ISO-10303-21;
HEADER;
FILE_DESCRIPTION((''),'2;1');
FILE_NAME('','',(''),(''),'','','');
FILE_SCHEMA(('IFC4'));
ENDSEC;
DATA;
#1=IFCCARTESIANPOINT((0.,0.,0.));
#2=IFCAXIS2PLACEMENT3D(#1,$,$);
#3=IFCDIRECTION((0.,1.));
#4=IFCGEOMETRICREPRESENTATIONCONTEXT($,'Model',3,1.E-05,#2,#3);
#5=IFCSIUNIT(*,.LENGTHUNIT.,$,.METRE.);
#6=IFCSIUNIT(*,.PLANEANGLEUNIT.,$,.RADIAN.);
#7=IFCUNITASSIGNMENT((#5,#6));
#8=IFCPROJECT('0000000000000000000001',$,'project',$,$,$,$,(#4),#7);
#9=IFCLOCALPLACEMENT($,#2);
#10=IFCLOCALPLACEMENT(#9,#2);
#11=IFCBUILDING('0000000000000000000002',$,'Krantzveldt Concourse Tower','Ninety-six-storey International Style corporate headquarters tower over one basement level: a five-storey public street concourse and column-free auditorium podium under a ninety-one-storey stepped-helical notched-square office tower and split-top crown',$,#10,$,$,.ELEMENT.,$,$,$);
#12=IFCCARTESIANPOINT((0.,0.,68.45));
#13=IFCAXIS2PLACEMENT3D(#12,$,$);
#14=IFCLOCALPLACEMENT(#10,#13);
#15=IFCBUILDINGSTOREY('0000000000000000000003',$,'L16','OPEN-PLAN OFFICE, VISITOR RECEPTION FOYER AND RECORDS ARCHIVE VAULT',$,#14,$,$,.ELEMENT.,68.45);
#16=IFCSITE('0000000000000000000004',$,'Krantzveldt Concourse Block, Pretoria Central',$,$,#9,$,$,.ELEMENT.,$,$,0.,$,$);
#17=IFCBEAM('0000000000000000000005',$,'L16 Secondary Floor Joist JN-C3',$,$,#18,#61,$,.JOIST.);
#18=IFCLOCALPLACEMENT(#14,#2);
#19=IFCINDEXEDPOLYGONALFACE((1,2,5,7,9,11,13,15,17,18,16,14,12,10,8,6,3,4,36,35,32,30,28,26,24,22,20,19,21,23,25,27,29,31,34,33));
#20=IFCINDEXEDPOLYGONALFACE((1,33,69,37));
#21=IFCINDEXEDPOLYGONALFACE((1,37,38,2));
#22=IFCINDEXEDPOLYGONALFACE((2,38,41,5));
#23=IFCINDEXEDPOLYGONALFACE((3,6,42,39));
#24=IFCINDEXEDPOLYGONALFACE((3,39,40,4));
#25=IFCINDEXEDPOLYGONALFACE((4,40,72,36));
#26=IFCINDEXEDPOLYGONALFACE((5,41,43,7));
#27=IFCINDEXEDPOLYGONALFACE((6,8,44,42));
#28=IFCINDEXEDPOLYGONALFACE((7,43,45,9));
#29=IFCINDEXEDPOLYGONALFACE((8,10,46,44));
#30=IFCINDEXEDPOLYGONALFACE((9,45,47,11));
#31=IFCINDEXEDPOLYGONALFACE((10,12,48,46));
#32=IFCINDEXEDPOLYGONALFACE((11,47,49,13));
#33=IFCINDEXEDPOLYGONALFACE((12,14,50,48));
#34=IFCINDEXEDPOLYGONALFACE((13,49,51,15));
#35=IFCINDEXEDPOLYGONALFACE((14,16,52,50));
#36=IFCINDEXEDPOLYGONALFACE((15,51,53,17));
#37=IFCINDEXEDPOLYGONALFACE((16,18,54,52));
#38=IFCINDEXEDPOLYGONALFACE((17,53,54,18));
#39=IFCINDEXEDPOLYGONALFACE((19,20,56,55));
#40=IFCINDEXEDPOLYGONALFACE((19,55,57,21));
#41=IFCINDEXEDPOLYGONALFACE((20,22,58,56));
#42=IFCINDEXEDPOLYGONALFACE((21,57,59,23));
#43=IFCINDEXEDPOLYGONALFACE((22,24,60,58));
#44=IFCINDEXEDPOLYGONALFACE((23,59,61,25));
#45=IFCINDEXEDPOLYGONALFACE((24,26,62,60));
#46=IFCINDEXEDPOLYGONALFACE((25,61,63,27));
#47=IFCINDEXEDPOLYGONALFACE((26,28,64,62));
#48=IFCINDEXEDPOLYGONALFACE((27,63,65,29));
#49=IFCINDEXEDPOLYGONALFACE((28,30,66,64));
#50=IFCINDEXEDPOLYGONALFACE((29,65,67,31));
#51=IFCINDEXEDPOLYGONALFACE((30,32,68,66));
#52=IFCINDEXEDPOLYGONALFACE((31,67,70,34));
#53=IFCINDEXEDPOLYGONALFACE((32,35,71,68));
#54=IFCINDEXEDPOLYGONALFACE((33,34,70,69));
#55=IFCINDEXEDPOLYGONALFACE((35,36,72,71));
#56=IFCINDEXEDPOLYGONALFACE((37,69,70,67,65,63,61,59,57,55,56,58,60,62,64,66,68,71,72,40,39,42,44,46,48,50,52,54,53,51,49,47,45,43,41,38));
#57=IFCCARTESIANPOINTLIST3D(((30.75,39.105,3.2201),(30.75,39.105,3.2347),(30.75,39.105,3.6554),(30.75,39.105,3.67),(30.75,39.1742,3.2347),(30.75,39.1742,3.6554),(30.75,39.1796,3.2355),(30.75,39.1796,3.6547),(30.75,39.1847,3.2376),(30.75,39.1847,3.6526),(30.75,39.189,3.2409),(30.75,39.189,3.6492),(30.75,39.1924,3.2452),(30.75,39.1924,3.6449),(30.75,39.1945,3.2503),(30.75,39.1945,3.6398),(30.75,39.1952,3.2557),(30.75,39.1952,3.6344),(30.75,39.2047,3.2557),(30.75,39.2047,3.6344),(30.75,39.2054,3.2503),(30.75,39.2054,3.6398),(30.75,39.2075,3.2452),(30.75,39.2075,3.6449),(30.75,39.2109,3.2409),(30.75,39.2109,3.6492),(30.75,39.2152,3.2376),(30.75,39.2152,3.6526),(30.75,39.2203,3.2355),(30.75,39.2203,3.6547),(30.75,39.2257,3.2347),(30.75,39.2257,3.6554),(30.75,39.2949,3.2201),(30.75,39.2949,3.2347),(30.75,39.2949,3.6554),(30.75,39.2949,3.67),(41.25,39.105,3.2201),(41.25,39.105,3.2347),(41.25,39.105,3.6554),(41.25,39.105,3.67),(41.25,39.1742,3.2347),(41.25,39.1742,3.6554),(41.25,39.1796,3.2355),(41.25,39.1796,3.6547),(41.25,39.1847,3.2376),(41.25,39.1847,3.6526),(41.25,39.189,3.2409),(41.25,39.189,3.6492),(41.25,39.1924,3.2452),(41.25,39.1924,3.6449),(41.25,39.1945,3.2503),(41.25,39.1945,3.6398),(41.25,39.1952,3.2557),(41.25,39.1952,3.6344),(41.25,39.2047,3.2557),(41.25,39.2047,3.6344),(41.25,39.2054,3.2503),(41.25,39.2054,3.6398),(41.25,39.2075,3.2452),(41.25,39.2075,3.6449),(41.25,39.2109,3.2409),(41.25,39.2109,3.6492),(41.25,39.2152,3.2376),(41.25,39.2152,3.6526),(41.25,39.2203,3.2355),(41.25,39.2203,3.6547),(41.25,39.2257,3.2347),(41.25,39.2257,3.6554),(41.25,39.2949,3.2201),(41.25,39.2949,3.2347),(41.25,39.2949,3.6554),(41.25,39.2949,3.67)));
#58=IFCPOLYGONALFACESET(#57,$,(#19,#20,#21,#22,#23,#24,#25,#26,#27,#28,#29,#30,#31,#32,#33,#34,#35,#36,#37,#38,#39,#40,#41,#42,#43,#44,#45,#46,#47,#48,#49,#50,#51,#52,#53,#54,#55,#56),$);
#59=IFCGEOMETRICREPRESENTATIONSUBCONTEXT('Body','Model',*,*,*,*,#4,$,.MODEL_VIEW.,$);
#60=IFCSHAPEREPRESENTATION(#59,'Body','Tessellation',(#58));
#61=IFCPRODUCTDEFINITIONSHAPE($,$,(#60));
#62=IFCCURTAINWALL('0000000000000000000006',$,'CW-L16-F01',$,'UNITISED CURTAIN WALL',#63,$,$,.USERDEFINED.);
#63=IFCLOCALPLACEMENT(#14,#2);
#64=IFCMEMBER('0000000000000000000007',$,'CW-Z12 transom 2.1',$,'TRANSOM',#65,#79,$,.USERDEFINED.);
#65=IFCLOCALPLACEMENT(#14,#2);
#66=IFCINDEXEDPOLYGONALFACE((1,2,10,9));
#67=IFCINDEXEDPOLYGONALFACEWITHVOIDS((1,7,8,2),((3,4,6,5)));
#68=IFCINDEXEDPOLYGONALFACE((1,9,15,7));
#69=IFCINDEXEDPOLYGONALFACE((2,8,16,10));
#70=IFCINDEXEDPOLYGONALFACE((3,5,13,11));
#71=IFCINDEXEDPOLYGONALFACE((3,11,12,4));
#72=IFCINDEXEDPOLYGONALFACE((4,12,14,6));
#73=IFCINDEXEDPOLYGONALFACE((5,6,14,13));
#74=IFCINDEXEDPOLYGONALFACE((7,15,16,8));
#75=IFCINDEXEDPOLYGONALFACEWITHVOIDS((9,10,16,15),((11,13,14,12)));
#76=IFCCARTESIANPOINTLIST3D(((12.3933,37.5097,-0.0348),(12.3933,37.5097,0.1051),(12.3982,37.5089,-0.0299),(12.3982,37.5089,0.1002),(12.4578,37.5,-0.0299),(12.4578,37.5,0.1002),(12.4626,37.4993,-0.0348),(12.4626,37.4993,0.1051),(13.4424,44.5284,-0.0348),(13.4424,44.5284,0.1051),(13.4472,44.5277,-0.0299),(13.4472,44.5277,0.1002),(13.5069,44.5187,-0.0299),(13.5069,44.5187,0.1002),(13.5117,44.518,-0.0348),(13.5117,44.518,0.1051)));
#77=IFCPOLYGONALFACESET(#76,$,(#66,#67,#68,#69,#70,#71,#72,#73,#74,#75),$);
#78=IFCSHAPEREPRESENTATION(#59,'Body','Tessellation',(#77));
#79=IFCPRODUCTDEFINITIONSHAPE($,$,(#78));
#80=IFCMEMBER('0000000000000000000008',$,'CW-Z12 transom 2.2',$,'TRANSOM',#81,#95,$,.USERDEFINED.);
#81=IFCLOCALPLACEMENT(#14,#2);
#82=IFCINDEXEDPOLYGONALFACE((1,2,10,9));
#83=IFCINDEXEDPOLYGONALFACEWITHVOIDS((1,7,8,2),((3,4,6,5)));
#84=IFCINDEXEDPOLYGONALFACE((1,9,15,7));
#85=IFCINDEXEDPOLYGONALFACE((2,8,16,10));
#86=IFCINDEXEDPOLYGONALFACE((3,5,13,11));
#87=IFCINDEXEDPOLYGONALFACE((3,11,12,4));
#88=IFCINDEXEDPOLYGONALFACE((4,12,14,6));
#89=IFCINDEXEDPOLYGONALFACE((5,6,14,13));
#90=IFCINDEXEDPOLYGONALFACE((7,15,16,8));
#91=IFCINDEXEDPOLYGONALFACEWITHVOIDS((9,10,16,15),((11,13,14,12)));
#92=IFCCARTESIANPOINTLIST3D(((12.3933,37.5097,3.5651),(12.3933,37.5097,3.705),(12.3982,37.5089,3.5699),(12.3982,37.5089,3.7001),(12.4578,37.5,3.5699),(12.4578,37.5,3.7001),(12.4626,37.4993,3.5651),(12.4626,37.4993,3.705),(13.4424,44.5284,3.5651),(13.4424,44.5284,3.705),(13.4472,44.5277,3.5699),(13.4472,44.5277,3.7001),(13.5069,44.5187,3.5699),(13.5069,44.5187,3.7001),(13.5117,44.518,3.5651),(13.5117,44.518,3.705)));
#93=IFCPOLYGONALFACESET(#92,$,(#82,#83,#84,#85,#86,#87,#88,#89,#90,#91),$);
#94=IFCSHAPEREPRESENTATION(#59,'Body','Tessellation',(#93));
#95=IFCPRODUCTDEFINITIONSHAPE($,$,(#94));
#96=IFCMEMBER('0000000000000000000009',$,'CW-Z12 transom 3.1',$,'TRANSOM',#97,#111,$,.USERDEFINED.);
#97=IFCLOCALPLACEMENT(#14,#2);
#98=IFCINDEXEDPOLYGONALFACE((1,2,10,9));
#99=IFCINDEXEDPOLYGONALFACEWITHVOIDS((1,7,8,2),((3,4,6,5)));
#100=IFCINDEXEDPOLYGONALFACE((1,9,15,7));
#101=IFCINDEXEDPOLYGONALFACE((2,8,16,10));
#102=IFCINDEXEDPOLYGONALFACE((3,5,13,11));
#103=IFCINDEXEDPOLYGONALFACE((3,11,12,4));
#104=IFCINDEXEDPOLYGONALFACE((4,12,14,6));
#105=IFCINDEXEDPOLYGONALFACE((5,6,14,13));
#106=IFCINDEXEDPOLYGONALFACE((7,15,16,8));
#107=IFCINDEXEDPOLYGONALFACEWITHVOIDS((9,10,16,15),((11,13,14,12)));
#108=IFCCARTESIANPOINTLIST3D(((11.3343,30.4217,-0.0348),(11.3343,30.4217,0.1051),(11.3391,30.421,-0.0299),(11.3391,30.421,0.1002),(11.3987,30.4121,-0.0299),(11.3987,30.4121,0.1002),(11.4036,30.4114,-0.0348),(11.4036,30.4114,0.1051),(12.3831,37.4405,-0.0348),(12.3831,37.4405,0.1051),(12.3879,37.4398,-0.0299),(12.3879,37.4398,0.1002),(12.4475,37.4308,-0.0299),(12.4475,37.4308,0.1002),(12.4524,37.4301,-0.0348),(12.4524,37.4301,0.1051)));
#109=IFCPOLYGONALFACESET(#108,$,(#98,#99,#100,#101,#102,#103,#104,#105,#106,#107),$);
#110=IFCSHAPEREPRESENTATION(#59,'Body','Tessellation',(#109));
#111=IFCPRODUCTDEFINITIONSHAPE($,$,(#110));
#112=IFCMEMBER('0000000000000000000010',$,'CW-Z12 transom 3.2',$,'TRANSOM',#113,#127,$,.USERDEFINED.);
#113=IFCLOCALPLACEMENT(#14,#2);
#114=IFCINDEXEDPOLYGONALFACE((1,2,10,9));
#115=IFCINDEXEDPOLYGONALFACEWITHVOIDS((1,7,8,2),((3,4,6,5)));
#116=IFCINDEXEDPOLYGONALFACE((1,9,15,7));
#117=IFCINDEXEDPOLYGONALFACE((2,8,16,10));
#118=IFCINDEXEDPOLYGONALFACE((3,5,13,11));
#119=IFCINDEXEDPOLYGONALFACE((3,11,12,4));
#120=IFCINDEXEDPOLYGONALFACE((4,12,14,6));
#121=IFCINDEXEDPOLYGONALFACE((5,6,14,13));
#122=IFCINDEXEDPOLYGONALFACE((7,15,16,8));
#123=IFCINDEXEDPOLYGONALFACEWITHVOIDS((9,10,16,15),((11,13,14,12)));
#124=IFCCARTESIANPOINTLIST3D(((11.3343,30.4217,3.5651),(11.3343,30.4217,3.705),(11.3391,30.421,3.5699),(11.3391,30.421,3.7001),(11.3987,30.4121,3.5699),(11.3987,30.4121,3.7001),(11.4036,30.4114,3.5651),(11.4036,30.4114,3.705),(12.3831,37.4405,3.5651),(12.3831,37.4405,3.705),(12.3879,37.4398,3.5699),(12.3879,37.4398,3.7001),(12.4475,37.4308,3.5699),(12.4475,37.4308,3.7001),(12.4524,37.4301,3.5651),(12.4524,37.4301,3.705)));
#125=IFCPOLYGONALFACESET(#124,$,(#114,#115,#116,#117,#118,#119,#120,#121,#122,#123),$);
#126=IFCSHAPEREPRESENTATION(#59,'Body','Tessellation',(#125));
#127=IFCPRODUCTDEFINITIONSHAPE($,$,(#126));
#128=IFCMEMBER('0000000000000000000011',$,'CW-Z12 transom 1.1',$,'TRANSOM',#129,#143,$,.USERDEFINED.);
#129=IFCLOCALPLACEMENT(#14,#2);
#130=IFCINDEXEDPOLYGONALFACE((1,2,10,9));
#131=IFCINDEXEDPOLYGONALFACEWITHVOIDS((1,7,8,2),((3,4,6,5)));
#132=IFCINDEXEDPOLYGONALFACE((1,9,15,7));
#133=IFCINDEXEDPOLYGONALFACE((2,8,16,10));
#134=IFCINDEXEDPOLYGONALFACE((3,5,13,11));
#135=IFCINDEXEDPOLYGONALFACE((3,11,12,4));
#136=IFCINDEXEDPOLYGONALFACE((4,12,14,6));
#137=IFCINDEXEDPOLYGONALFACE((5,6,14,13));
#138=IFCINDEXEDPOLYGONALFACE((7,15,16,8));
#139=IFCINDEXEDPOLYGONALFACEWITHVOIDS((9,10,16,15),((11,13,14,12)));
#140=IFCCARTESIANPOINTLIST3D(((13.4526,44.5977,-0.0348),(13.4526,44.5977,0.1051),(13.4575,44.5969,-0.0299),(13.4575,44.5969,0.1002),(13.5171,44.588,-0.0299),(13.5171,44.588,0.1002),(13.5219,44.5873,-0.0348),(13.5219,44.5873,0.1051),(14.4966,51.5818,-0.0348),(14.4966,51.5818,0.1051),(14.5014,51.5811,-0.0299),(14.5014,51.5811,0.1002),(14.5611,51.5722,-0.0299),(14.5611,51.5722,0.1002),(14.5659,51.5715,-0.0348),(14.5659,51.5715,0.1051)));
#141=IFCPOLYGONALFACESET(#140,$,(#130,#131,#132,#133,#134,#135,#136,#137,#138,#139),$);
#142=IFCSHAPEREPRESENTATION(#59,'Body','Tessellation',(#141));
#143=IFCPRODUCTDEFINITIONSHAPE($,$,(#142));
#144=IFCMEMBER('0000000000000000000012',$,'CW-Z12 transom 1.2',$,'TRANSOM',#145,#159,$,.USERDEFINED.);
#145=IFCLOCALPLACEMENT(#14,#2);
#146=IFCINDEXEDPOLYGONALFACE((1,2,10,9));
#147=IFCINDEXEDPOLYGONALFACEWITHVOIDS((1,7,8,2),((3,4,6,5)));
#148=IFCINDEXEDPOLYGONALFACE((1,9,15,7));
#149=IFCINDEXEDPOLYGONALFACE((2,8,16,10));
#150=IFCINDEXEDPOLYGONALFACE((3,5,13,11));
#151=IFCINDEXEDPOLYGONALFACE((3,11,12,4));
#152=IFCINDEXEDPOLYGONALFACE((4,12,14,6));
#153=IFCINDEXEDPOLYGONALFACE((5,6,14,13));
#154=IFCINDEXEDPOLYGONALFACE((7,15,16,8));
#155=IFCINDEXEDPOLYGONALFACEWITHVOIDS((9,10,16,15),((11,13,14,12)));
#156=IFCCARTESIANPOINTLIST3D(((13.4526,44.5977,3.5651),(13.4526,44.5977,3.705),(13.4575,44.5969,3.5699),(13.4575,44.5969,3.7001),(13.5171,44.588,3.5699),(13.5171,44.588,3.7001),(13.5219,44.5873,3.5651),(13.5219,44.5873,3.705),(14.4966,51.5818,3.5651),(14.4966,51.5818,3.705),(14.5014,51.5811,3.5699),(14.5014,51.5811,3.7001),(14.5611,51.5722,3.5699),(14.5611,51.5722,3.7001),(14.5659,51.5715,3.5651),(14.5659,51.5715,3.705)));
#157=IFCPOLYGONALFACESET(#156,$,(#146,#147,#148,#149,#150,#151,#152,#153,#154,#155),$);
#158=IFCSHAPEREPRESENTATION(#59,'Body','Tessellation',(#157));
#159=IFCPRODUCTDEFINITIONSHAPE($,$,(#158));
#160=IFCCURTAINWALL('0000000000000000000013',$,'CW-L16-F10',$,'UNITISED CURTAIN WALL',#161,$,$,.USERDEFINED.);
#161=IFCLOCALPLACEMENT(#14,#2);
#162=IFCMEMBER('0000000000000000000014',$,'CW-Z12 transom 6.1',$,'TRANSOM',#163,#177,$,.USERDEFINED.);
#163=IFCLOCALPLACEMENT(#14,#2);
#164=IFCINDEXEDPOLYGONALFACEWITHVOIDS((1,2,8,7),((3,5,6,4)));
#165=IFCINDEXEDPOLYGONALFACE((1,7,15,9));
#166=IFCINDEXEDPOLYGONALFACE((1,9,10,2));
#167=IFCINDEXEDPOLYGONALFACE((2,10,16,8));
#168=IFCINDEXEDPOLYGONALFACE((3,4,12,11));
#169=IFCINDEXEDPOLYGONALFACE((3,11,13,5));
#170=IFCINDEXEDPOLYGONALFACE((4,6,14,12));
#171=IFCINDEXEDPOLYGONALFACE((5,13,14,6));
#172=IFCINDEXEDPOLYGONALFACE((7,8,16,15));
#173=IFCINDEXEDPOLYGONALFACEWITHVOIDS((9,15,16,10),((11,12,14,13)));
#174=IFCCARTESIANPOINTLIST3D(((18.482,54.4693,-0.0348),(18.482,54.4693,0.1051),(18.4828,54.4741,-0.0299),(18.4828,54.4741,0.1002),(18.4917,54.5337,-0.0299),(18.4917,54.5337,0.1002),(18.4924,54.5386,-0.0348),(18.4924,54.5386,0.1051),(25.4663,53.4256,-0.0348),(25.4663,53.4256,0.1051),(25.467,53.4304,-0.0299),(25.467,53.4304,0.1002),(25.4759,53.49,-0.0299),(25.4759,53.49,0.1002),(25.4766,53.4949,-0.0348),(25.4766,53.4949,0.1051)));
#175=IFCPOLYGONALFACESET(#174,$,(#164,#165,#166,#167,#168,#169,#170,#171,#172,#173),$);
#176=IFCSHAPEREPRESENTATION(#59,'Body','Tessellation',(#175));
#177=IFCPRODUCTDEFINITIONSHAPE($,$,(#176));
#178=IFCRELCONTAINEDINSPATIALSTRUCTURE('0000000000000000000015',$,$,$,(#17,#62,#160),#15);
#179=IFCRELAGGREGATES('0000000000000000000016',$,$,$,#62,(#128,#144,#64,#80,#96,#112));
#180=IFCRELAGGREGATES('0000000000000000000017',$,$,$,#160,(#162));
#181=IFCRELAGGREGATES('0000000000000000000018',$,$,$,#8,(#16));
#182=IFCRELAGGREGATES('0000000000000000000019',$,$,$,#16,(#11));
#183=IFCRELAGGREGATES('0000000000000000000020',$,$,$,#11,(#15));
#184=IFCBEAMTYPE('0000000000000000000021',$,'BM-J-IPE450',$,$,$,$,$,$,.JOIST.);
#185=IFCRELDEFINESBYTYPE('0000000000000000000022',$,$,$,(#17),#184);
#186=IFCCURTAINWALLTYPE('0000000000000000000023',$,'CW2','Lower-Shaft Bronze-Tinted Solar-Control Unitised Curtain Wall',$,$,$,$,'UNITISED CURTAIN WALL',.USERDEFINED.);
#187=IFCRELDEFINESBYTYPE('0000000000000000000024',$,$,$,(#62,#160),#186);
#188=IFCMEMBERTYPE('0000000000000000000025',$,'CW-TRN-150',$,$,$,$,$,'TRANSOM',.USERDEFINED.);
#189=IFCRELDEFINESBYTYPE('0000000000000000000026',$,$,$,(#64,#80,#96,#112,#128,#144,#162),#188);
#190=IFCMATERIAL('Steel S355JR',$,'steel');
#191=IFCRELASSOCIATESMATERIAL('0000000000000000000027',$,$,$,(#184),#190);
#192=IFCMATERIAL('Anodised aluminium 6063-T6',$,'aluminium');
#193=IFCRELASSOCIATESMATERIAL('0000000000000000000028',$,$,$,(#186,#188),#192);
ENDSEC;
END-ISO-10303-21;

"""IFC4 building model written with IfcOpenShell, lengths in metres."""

from ifc_helpers import new_model, si_unit, direction, frame, origin, origin_2d, place, context, subcontext, project, spatial, hollow_rectangle, i_section, extrude, source, transform, mapped, material, material_profile, profile_set, type_object, type_shapes, element, aggregate, save


model = new_model("IFC4")

# Units and contexts
model_context = context("Model", 3, precision=1e-05, world=origin(), true_north=direction((0.0, 1.0)))
body_context = subcontext(model_context, "Body", "Model", "MODEL_VIEW")
ifc_project = project(units=[si_unit("LENGTHUNIT", "METRE"), si_unit("PLANEANGLEUNIT", "RADIAN")], contexts=[model_context])

# Site, building, storey
site_placement = place(None, origin())
site = spatial("IfcSite", under=ifc_project, at=site_placement, Name="Krantzveldt Concourse Block, Pretoria Central", CompositionType="ELEMENT", RefElevation=0.0)
building_placement = place(site_placement, origin())
building = spatial("IfcBuilding", under=site, at=building_placement, Name="Krantzveldt Concourse Tower", Description="Ninety-six-storey International Style corporate headquarters tower over one basement level: a five-storey public street concourse and column-free auditorium podium under a ninety-one-storey stepped-helical notched-square office tower and split-top crown", CompositionType="ELEMENT")
storey_placement = place(building_placement, frame((0.0, 0.0, 68.45)))
storey = spatial("IfcBuildingStorey", under=building, at=storey_placement, Name="L16", Description="OPEN-PLAN OFFICE, VISITOR RECEPTION FOYER AND RECORDS ARCHIVE VAULT", CompositionType="ELEMENT", Elevation=68.45)

# Beam
ifc_material_1 = material(Name="Steel S355JR", Category="steel")
ifc_material_profile_1 = material_profile(ifc_material_1, i_section(OverallWidth=0.1899, OverallDepth=0.45, WebThickness=0.0095, FlangeThickness=0.0146, FilletRadius=0.021, at=origin_2d()), Name="Steel S355JR", Category="steel")
ifc_profile_set_1 = profile_set([ifc_material_profile_1], Name="Steel S355JR - IPE 450")
beam_type_1 = type_object("IfcBeamType", Name="BM-J-IPE450", PredefinedType="JOIST", material=ifc_profile_set_1)
shared_shape_1 = source(origin(), body_context, "Body", "SweptSolid", [
    extrude(i_section(OverallWidth=0.1899, OverallDepth=0.45, WebThickness=0.0095, FlangeThickness=0.0146, FilletRadius=0.021, at=origin_2d()), origin(), (0.0, 0.0, 1.0), 10.5),
])
type_shapes(beam_type_1, [shared_shape_1])
beam_1_placement = place(storey_placement, frame((30.75, 39.2, 3.4451), z_axis=(1.0, 0.0, 0.0), x_axis=(0.0, 1.0, 0.0)))
element("IfcBeam", 1, at=beam_1_placement, inside=storey, type_object=beam_type_1, Name="L16 Secondary Floor Joist JN-C3", PredefinedType="JOIST", context=body_context, shape_type="MappedRepresentation", body=[
    mapped(shared_shape_1, transform((0.0, 0.0, 0.0), x_axis=(1.0, 0.0, 0.0), y_axis=(0.0, 1.0, 0.0), z_axis=(0.0, 0.0, 1.0), scale=1.0)),
])

# Curtain walls, members
ifc_material_2 = material(Name="Anodised aluminium 6063-T6", Category="aluminium")
curtain_wall_type = type_object("IfcCurtainWallType", Name="CW2", Description="Lower-Shaft Bronze-Tinted Solar-Control Unitised Curtain Wall", ElementType="UNITISED CURTAIN WALL", PredefinedType="USERDEFINED", material=ifc_material_2)
curtain_wall_1_placement = place(storey_placement, origin())
curtain_wall_1 = element("IfcCurtainWall", 2, at=curtain_wall_1_placement, inside=storey, type_object=curtain_wall_type, Name="CW-L16-F01", ObjectType="UNITISED CURTAIN WALL", PredefinedType="USERDEFINED")
ifc_material_profile_2 = material_profile(ifc_material_2, hollow_rectangle(XDim=0.0701, YDim=0.1399, WallThickness=0.0049, at=origin_2d()), Name="Anodised aluminium 6063-T6", Category="aluminium")
ifc_profile_set_2 = profile_set([ifc_material_profile_2], Name="Anodised aluminium 6063-T6 - ALU-TRAN 140x70x5")
member_type_1 = type_object("IfcMemberType", Name="CW-TRN-150", ElementType="TRANSOM", PredefinedType="USERDEFINED", material=ifc_profile_set_2)
shared_shape_2 = source(origin(), body_context, "Body", "SweptSolid", [
    extrude(hollow_rectangle(XDim=0.0701, YDim=0.1399, WallThickness=0.0049, at=origin_2d()), origin(), (0.0, 0.0, 1.0), 7.0967),
])
member_1_placement = place(storey_placement, frame((13.4771, 44.5232, 0.0352), z_axis=(-0.147824, -0.989014, 0.0), x_axis=(0.989014, -0.147824, 0.0)))
member_1 = element("IfcMember", 3, at=member_1_placement, type_object=member_type_1, Name="CW-Z12 transom 2.1", ObjectType="TRANSOM", PredefinedType="USERDEFINED", context=body_context, shape_type="MappedRepresentation", body=[
    mapped(shared_shape_2, transform((0.0, 0.0, 0.0), x_axis=(1.0, 0.0, 0.0), y_axis=(0.0, 1.0, 0.0), z_axis=(0.0, 0.0, 1.0), scale=1.0)),
])
member_2_placement = place(storey_placement, frame((13.4771, 44.5232, 3.635), z_axis=(-0.147824, -0.989014, 0.0), x_axis=(0.989014, -0.147824, 0.0)))
member_2 = element("IfcMember", 4, at=member_2_placement, type_object=member_type_1, Name="CW-Z12 transom 2.2", ObjectType="TRANSOM", PredefinedType="USERDEFINED", context=body_context, shape_type="MappedRepresentation", body=[
    mapped(shared_shape_2, transform((0.0, 0.0, 0.0), x_axis=(1.0, 0.0, 0.0), y_axis=(0.0, 1.0, 0.0), z_axis=(0.0, 0.0, 1.0), scale=1.0)),
])
member_3_placement = place(storey_placement, frame((12.4177, 37.4353, 0.0352), z_axis=(-0.14779, -0.989019, 0.0), x_axis=(0.989019, -0.14779, 0.0)))
member_3 = element("IfcMember", 5, at=member_3_placement, type_object=member_type_1, Name="CW-Z12 transom 3.1", ObjectType="TRANSOM", PredefinedType="USERDEFINED", context=body_context, shape_type="MappedRepresentation", body=[
    mapped(shared_shape_2, transform((0.0, 0.0, 0.0), x_axis=(1.0, 0.0, 0.0), y_axis=(0.0, 1.0, 0.0), z_axis=(0.0, 0.0, 1.0), scale=1.0)),
])
member_4_placement = place(storey_placement, frame((12.4177, 37.4353, 3.635), z_axis=(-0.14779, -0.989019, 0.0), x_axis=(0.989019, -0.14779, 0.0)))
member_4 = element("IfcMember", 6, at=member_4_placement, type_object=member_type_1, Name="CW-Z12 transom 3.2", ObjectType="TRANSOM", PredefinedType="USERDEFINED", context=body_context, shape_type="MappedRepresentation", body=[
    mapped(shared_shape_2, transform((0.0, 0.0, 0.0), x_axis=(1.0, 0.0, 0.0), y_axis=(0.0, 1.0, 0.0), z_axis=(0.0, 0.0, 1.0), scale=1.0)),
])
shared_shape_3 = source(origin(), body_context, "Body", "SweptSolid", [
    extrude(hollow_rectangle(XDim=0.0701, YDim=0.1399, WallThickness=0.0049, at=origin_2d()), origin(), (0.0, 0.0, 1.0), 7.0618),
])
member_5_placement = place(storey_placement, frame((14.5312, 51.5767, 0.0352), z_axis=(-0.147832, -0.989013, 0.0), x_axis=(0.989013, -0.147832, 0.0)))
member_5 = element("IfcMember", 7, at=member_5_placement, type_object=member_type_1, Name="CW-Z12 transom 1.1", ObjectType="TRANSOM", PredefinedType="USERDEFINED", context=body_context, shape_type="MappedRepresentation", body=[
    mapped(shared_shape_3, transform((0.0, 0.0, 0.0), x_axis=(1.0, 0.0, 0.0), y_axis=(0.0, 1.0, 0.0), z_axis=(0.0, 0.0, 1.0), scale=1.0)),
])
member_6_placement = place(storey_placement, frame((14.5312, 51.5767, 3.635), z_axis=(-0.147832, -0.989013, 0.0), x_axis=(0.989013, -0.147832, 0.0)))
member_6 = element("IfcMember", 8, at=member_6_placement, type_object=member_type_1, Name="CW-Z12 transom 1.2", ObjectType="TRANSOM", PredefinedType="USERDEFINED", context=body_context, shape_type="MappedRepresentation", body=[
    mapped(shared_shape_3, transform((0.0, 0.0, 0.0), x_axis=(1.0, 0.0, 0.0), y_axis=(0.0, 1.0, 0.0), z_axis=(0.0, 0.0, 1.0), scale=1.0)),
])
curtain_wall_2_placement = place(storey_placement, origin())
curtain_wall_2 = element("IfcCurtainWall", 9, at=curtain_wall_2_placement, inside=storey, type_object=curtain_wall_type, Name="CW-L16-F10", ObjectType="UNITISED CURTAIN WALL", PredefinedType="USERDEFINED")
member_7_placement = place(storey_placement, frame((25.4714, 53.4602, 0.0352), z_axis=(-0.989018, 0.147798, 0.0), x_axis=(-0.147798, -0.989018, 0.0)))
member_7 = element("IfcMember", 10, at=member_7_placement, type_object=member_type_1, Name="CW-Z12 transom 6.1", ObjectType="TRANSOM", PredefinedType="USERDEFINED", context=body_context, shape_type="MappedRepresentation", body=[
    mapped(shared_shape_3, transform((0.0, 0.0, 0.0), x_axis=(1.0, 0.0, 0.0), y_axis=(0.0, 1.0, 0.0), z_axis=(0.0, 0.0, 1.0), scale=1.0)),
])

aggregate(curtain_wall_1, [member_5, member_6, member_1, member_2, member_3, member_4])
aggregate(curtain_wall_2, [member_7])

save(model, "model.ifc")
